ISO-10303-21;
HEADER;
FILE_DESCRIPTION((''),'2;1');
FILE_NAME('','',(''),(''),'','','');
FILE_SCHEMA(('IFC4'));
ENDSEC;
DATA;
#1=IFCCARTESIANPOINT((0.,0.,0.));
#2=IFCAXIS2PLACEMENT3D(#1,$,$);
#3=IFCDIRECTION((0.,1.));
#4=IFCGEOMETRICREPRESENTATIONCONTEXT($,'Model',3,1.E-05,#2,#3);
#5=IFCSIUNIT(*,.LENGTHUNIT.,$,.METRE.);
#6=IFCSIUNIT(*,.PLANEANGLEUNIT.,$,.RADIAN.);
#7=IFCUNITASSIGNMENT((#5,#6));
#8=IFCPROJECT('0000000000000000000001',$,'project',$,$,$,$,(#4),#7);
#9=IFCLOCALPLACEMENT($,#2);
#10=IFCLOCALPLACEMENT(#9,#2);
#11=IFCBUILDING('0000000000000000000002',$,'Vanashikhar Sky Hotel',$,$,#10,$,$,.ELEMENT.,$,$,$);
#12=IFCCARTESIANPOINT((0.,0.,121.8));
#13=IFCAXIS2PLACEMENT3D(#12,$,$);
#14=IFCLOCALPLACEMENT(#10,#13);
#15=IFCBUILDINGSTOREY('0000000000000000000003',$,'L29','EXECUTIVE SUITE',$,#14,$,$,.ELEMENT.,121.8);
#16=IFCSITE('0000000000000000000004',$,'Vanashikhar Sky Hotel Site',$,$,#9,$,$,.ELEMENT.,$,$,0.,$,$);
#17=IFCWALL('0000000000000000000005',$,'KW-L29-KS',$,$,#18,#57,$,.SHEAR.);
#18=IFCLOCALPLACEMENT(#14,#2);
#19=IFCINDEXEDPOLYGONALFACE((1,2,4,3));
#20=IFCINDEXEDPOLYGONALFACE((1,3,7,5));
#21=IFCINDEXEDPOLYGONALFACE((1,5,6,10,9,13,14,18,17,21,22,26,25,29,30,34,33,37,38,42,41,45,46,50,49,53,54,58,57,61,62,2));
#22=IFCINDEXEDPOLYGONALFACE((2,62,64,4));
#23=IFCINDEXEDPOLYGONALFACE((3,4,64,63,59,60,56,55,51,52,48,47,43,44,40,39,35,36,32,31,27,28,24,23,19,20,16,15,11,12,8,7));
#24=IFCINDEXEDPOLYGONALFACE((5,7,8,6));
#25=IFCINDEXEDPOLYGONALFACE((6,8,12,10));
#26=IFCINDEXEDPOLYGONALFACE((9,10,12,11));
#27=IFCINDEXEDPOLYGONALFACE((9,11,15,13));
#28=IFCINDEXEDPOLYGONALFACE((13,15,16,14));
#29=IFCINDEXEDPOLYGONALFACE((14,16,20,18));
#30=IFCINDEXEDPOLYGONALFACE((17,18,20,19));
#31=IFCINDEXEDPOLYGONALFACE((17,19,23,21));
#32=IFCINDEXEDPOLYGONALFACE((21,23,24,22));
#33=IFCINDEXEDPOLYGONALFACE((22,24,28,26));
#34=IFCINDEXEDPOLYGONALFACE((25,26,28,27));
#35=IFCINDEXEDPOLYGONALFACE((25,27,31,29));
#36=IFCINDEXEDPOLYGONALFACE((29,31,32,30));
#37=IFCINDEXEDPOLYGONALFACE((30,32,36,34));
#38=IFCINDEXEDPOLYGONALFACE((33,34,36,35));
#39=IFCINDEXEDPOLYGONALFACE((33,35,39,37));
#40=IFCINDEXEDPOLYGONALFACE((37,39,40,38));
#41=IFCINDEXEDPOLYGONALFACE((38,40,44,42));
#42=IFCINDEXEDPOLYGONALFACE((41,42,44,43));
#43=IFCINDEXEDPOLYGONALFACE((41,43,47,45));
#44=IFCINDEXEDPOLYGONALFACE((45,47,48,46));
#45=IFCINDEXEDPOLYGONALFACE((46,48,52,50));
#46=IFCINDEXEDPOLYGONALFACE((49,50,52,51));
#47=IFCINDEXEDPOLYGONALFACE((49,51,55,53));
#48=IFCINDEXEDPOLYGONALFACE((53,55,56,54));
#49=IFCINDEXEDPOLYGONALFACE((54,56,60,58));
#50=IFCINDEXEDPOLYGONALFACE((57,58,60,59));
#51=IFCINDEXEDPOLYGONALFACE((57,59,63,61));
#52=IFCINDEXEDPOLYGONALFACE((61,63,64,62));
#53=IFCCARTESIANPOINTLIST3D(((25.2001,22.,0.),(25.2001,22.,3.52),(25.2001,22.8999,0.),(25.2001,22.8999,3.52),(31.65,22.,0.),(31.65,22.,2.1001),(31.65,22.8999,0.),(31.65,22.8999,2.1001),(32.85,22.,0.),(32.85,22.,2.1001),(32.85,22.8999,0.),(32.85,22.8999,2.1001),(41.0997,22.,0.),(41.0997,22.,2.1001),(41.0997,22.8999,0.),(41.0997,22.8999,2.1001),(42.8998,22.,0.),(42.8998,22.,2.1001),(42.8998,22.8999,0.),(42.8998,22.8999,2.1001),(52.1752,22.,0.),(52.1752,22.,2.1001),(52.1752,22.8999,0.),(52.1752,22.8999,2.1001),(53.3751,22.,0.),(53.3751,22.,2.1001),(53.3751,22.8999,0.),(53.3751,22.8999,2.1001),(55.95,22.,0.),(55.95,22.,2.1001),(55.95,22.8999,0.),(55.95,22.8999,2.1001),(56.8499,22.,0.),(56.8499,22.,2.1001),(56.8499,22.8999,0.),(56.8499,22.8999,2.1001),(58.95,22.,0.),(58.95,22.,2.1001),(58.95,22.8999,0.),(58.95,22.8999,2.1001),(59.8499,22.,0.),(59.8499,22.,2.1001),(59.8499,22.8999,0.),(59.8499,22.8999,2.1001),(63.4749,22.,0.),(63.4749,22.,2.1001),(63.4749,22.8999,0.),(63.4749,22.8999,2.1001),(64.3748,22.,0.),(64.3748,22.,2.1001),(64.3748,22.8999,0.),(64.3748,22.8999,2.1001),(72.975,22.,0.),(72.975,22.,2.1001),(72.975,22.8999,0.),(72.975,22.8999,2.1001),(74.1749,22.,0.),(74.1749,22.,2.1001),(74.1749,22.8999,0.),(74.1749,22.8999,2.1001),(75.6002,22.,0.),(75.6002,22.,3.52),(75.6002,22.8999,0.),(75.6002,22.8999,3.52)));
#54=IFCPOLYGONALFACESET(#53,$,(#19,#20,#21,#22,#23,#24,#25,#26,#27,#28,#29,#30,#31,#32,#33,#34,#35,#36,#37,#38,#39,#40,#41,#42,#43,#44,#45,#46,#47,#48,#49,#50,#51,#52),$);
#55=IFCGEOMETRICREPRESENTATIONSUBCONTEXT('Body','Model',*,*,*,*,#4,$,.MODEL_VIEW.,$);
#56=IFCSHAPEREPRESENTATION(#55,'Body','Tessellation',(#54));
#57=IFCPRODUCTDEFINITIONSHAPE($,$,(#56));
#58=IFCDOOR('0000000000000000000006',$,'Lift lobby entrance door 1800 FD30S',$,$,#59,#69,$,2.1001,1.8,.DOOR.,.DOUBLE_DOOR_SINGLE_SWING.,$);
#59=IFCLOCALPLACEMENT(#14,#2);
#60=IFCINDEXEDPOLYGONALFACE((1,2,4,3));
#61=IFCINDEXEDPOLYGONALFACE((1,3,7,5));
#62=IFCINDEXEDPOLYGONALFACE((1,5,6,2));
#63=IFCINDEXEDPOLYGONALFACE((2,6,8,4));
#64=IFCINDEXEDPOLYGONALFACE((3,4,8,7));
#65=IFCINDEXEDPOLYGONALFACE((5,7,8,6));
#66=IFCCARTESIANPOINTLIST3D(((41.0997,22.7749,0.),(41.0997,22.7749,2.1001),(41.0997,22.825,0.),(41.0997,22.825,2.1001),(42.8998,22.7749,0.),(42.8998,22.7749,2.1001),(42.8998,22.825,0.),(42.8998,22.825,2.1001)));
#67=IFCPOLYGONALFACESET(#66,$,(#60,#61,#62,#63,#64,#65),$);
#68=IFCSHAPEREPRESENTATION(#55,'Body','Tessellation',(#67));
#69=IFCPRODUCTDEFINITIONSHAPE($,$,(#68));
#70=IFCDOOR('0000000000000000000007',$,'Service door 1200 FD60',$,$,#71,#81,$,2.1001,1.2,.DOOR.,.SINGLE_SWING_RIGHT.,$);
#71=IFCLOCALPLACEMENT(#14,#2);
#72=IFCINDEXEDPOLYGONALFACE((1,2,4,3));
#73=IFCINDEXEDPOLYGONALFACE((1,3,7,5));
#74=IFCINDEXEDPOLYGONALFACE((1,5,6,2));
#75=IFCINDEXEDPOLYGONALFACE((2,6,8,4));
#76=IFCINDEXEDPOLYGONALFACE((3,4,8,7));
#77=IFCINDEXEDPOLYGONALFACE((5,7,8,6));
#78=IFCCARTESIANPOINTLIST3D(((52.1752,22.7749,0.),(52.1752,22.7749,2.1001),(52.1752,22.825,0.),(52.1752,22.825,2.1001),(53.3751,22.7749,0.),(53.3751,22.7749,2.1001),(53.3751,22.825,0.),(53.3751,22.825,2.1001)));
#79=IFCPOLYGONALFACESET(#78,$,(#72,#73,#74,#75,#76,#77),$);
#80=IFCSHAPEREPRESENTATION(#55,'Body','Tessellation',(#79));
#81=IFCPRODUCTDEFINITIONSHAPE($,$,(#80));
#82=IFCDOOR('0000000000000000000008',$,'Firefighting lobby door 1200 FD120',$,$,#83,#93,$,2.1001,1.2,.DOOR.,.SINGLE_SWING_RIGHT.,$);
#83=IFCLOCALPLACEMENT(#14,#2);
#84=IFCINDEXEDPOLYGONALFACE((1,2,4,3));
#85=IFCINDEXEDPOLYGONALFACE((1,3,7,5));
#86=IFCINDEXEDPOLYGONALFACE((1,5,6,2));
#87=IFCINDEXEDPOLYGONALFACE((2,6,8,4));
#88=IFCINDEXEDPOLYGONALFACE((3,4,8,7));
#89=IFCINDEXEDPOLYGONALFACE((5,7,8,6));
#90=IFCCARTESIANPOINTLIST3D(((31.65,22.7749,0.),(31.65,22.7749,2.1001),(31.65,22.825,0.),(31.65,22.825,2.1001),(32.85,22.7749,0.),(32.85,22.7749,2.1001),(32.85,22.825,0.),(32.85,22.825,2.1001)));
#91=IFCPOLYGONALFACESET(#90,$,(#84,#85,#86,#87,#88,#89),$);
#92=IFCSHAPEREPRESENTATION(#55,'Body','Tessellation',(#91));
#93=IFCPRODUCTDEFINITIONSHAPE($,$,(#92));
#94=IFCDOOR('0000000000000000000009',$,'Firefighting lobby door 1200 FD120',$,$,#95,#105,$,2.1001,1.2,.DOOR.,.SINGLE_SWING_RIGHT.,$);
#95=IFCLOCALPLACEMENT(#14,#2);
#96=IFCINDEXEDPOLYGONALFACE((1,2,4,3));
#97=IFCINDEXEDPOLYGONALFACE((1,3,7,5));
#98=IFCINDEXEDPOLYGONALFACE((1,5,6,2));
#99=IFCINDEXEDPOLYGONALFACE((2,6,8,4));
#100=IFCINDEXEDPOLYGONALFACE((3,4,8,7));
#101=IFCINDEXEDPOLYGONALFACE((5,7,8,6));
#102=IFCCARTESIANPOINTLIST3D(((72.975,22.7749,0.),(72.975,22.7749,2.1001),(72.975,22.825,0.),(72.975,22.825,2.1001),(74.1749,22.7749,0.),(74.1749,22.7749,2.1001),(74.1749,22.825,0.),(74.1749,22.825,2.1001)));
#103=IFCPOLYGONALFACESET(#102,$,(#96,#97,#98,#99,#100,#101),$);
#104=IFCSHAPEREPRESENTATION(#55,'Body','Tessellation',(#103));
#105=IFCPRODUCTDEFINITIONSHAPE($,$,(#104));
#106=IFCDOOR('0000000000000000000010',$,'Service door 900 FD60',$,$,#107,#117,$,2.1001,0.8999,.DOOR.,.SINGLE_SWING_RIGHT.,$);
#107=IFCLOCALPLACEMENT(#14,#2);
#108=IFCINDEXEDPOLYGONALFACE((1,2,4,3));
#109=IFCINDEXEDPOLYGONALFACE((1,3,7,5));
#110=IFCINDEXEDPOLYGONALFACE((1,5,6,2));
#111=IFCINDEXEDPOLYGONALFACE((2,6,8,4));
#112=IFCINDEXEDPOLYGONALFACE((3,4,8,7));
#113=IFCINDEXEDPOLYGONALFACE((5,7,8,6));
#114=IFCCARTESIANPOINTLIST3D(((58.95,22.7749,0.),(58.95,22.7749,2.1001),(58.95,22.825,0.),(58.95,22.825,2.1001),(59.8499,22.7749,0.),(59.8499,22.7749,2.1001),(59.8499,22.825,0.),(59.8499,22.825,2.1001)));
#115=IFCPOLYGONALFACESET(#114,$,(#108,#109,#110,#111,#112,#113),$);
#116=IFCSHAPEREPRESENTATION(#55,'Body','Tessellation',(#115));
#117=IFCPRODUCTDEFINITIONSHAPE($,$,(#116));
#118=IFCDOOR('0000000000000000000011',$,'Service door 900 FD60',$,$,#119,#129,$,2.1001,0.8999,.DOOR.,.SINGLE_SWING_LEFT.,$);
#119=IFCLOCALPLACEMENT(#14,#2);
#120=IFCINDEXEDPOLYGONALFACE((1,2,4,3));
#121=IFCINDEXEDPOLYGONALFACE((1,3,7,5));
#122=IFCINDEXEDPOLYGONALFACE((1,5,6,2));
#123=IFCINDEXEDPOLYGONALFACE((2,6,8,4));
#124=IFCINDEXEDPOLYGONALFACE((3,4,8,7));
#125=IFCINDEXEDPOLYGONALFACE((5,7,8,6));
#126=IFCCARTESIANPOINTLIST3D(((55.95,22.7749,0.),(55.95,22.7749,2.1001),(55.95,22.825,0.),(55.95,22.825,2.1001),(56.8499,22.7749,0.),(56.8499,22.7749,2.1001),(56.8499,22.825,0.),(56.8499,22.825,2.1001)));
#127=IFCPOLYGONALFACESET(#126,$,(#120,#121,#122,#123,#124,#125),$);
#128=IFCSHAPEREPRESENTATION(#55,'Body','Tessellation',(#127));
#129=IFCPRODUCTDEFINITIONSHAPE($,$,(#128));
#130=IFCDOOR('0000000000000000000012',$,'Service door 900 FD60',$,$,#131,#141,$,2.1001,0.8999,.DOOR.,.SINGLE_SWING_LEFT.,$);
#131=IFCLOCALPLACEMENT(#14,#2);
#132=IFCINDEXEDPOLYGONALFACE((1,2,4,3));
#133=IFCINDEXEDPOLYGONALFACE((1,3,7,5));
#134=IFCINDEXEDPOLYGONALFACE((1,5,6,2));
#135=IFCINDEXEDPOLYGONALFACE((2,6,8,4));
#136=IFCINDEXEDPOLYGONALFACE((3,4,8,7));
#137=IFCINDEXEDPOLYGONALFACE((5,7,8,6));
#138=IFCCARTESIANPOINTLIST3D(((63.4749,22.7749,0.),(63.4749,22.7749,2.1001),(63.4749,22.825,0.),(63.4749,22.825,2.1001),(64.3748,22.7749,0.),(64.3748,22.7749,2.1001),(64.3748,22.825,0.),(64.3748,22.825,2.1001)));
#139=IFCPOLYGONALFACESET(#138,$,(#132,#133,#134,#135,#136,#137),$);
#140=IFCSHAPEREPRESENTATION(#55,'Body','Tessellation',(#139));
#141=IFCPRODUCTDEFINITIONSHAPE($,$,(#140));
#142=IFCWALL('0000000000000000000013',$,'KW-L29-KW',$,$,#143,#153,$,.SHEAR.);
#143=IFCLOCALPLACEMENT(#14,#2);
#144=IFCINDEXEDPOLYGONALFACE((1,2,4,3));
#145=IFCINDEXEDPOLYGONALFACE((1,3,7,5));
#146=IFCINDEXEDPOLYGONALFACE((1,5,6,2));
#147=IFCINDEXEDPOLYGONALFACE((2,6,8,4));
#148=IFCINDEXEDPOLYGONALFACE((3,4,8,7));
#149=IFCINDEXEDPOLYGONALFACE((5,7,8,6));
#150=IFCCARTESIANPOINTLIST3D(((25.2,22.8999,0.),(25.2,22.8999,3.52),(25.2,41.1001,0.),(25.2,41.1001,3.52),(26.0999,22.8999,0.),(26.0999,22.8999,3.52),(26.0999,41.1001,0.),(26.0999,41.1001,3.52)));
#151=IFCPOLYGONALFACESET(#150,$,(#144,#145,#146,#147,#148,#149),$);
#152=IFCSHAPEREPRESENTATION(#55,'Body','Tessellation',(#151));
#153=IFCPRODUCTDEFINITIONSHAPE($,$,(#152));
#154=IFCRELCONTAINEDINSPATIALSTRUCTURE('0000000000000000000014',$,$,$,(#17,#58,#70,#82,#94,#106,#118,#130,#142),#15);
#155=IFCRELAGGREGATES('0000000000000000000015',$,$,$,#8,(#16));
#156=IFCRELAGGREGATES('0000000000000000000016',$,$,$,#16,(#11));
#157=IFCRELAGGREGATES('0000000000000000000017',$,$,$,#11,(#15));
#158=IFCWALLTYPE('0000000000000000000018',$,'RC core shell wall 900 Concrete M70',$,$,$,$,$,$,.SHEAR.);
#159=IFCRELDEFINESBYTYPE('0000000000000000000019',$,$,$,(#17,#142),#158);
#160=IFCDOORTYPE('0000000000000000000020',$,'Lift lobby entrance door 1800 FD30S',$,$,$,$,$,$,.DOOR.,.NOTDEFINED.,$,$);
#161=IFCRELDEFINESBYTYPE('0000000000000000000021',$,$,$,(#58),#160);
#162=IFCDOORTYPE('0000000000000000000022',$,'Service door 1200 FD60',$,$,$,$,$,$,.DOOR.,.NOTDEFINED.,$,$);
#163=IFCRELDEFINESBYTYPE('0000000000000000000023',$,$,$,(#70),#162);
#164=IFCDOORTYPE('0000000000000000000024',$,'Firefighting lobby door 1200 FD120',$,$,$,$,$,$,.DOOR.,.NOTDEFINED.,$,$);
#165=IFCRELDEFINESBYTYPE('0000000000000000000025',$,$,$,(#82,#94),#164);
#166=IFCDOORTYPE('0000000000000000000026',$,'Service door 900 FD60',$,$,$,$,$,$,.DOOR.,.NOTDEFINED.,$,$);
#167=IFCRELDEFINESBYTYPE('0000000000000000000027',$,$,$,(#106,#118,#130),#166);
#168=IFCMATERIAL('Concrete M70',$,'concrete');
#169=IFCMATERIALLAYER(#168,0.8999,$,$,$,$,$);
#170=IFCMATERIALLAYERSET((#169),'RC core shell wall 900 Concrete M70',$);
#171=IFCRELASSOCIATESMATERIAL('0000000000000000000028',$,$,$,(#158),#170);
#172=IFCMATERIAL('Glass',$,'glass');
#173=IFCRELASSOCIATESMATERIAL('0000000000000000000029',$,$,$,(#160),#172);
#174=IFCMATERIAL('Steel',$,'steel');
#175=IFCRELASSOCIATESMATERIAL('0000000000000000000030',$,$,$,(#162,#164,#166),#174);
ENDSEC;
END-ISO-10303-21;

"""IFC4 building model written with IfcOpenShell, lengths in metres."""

from ifc_helpers import new_model, si_unit, direction, frame, frame_2d, origin, place, context, subcontext, project, spatial, rectangle, extrude, source, transform, mapped, material, layer, layer_set, type_object, element, fill, save


model = new_model("IFC4")

# Units and contexts
model_context = context("Model", 3, precision=1e-05, world=origin(), true_north=direction((0.0, 1.0)))
body_context = subcontext(model_context, "Body", "Model", "MODEL_VIEW")
ifc_project = project(units=[si_unit("LENGTHUNIT", "METRE"), si_unit("PLANEANGLEUNIT", "RADIAN")], contexts=[model_context])

# Site, building, storey
site_placement = place(None, origin())
site = spatial("IfcSite", under=ifc_project, at=site_placement, Name="Vanashikhar Sky Hotel Site", CompositionType="ELEMENT", RefElevation=0.0)
building_placement = place(site_placement, origin())
building = spatial("IfcBuilding", under=site, at=building_placement, Name="Vanashikhar Sky Hotel", CompositionType="ELEMENT")
storey_placement = place(building_placement, frame((0.0, 0.0, 121.8)))
storey = spatial("IfcBuildingStorey", under=building, at=storey_placement, Name="L29", Description="EXECUTIVE SUITE", CompositionType="ELEMENT", Elevation=121.8)

# Wall, openings, doors
ifc_material_1 = material(Name="Concrete M70", Category="concrete")
ifc_layer_1 = layer(ifc_material_1, 0.8999)
ifc_layer_set_1 = layer_set([ifc_layer_1], Name="RC core shell wall 900 Concrete M70")
wall_type_1 = type_object("IfcWallType", Name="RC core shell wall 900 Concrete M70", PredefinedType="SHEAR", material=ifc_layer_set_1)
shared_shape_1 = source(origin(), body_context, "Body", "SweptSolid", [
    extrude(rectangle(XDim=50.4001, YDim=0.8999, at=frame_2d((25.2002, 0.0))), origin(), (0.0, 0.0, 1.0), 3.52),
])
wall_1_placement = place(storey_placement, frame((25.2, 22.45, 0.0), z_axis=(0.0, 0.0, 1.0), x_axis=(1.0, 0.0, 0.0)))
wall_1 = element("IfcWall", 1, at=wall_1_placement, inside=storey, type_object=wall_type_1, Name="KW-L29-KS", PredefinedType="SHEAR", context=body_context, shape_type="MappedRepresentation", body=[
    mapped(shared_shape_1, transform((0.0, 0.0, 0.0), scale=1.0)),
])
shared_shape_2 = source(origin(), body_context, "Body", "SweptSolid", [
    extrude(rectangle(XDim=1.8, YDim=2.1001, at=frame_2d((0.8999, 1.05))), frame((0.0, 0.46, 0.0), z_axis=(0.0, -1.0, 0.0), x_axis=(1.0, 0.0, 0.0)), (0.0, 0.0, 1.0), 0.9199),
])
opening_1_placement = place(wall_1_placement, frame((15.8999, 0.0, 0.0)))
opening_1 = element("IfcOpeningElement", 2, at=opening_1_placement, cuts=wall_1, PredefinedType="OPENING", context=body_context, shape_type="MappedRepresentation", body=[
    mapped(shared_shape_2, transform((0.0, 0.0, 0.0), scale=1.0)),
])
shared_shape_3 = source(origin(), body_context, "Body", "SweptSolid", [
    extrude(rectangle(XDim=1.2, YDim=2.1001, at=frame_2d((0.6001, 1.05))), frame((0.0, 0.46, 0.0), z_axis=(0.0, -1.0, 0.0), x_axis=(1.0, 0.0, 0.0)), (0.0, 0.0, 1.0), 0.9199),
])
opening_2_placement = place(wall_1_placement, frame((26.9751, 0.0, 0.0)))
opening_2 = element("IfcOpeningElement", 3, at=opening_2_placement, cuts=wall_1, PredefinedType="OPENING", context=body_context, shape_type="MappedRepresentation", body=[
    mapped(shared_shape_3, transform((0.0, 0.0, 0.0), scale=1.0)),
])
shared_shape_4 = source(origin(), body_context, "Body", "SweptSolid", [
    extrude(rectangle(XDim=0.8999, YDim=2.1001, at=frame_2d((0.45, 1.05))), frame((0.0, 0.46, 0.0), z_axis=(0.0, -1.0, 0.0), x_axis=(1.0, 0.0, 0.0)), (0.0, 0.0, 1.0), 0.9199),
])
opening_3_placement = place(wall_1_placement, frame((33.75, 0.0, 0.0)))
opening_3 = element("IfcOpeningElement", 4, at=opening_3_placement, cuts=wall_1, PredefinedType="OPENING", context=body_context, shape_type="MappedRepresentation", body=[
    mapped(shared_shape_4, transform((0.0, 0.0, 0.0), scale=1.0)),
])
opening_4_placement = place(wall_1_placement, frame((30.75, 0.0, 0.0)))
opening_4 = element("IfcOpeningElement", 5, at=opening_4_placement, cuts=wall_1, PredefinedType="OPENING", context=body_context, shape_type="MappedRepresentation", body=[
    mapped(shared_shape_4, transform((0.0, 0.0, 0.0), scale=1.0)),
])
opening_5_placement = place(wall_1_placement, frame((38.2749, 0.0, 0.0)))
opening_5 = element("IfcOpeningElement", 6, at=opening_5_placement, cuts=wall_1, PredefinedType="OPENING", context=body_context, shape_type="MappedRepresentation", body=[
    mapped(shared_shape_4, transform((0.0, 0.0, 0.0), scale=1.0)),
])
opening_6_placement = place(wall_1_placement, frame((6.45, 0.0, 0.0)))
opening_6 = element("IfcOpeningElement", 7, at=opening_6_placement, cuts=wall_1, PredefinedType="OPENING", context=body_context, shape_type="MappedRepresentation", body=[
    mapped(shared_shape_3, transform((0.0, 0.0, 0.0), scale=1.0)),
])
opening_7_placement = place(wall_1_placement, frame((47.7749, 0.0, 0.0)))
opening_7 = element("IfcOpeningElement", 8, at=opening_7_placement, cuts=wall_1, PredefinedType="OPENING", context=body_context, shape_type="MappedRepresentation", body=[
    mapped(shared_shape_3, transform((0.0, 0.0, 0.0), scale=1.0)),
])
ifc_material_2 = material(Name="Glass", Category="glass")
door_type_1 = type_object("IfcDoorType", Name="Lift lobby entrance door 1800 FD30S", OperationType="NOTDEFINED", PredefinedType="DOOR", material=ifc_material_2)
shared_shape_5 = source(origin(), body_context, "Body", "SweptSolid", [
    extrude(rectangle(XDim=1.8, YDim=2.1001, at=frame_2d((0.8999, 1.05))), frame((0.0, 0.375, 0.0), z_axis=(0.0, -1.0, 0.0), x_axis=(1.0, 0.0, 0.0)), (0.0, 0.0, 1.0), 0.05),
])
door_1_placement = place(opening_1_placement, origin())
door_1 = element("IfcDoor", 9, at=door_1_placement, inside=storey, type_object=door_type_1, Name="Lift lobby entrance door 1800 FD30S", OperationType="DOUBLE_DOOR_SINGLE_SWING", OverallHeight=2.1001, OverallWidth=1.8, PredefinedType="DOOR", context=body_context, shape_type="MappedRepresentation", body=[
    mapped(shared_shape_5, transform((0.0, 0.0, 0.0), scale=1.0)),
])
fill(opening_1, door_1)
ifc_material_3 = material(Name="Steel", Category="steel")
door_type_2 = type_object("IfcDoorType", Name="Service door 1200 FD60", OperationType="NOTDEFINED", PredefinedType="DOOR", material=ifc_material_3)
shared_shape_6 = source(origin(), body_context, "Body", "SweptSolid", [
    extrude(rectangle(XDim=1.2, YDim=2.1001, at=frame_2d((0.6001, 1.05))), frame((0.0, 0.375, 0.0), z_axis=(0.0, -1.0, 0.0), x_axis=(1.0, 0.0, 0.0)), (0.0, 0.0, 1.0), 0.05),
])
door_2_placement = place(opening_2_placement, origin())
door_2 = element("IfcDoor", 10, at=door_2_placement, inside=storey, type_object=door_type_2, Name="Service door 1200 FD60", OperationType="SINGLE_SWING_RIGHT", OverallHeight=2.1001, OverallWidth=1.2, PredefinedType="DOOR", context=body_context, shape_type="MappedRepresentation", body=[
    mapped(shared_shape_6, transform((0.0, 0.0, 0.0), scale=1.0)),
])
fill(opening_2, door_2)
door_type_3 = type_object("IfcDoorType", Name="Firefighting lobby door 1200 FD120", OperationType="NOTDEFINED", PredefinedType="DOOR", material=ifc_material_3)
door_3_placement = place(opening_6_placement, origin())
door_3 = element("IfcDoor", 11, at=door_3_placement, inside=storey, type_object=door_type_3, Name="Firefighting lobby door 1200 FD120", OperationType="SINGLE_SWING_RIGHT", OverallHeight=2.1001, OverallWidth=1.2, PredefinedType="DOOR", context=body_context, shape_type="MappedRepresentation", body=[
    mapped(shared_shape_6, transform((0.0, 0.0, 0.0), scale=1.0)),
])
fill(opening_6, door_3)
door_4_placement = place(opening_7_placement, origin())
door_4 = element("IfcDoor", 12, at=door_4_placement, inside=storey, type_object=door_type_3, Name="Firefighting lobby door 1200 FD120", OperationType="SINGLE_SWING_RIGHT", OverallHeight=2.1001, OverallWidth=1.2, PredefinedType="DOOR", context=body_context, shape_type="MappedRepresentation", body=[
    mapped(shared_shape_6, transform((0.0, 0.0, 0.0), scale=1.0)),
])
fill(opening_7, door_4)
door_type_4 = type_object("IfcDoorType", Name="Service door 900 FD60", OperationType="NOTDEFINED", PredefinedType="DOOR", material=ifc_material_3)
shared_shape_7 = source(origin(), body_context, "Body", "SweptSolid", [
    extrude(rectangle(XDim=0.8999, YDim=2.1001, at=frame_2d((0.45, 1.05))), frame((0.0, 0.375, 0.0), z_axis=(0.0, -1.0, 0.0), x_axis=(1.0, 0.0, 0.0)), (0.0, 0.0, 1.0), 0.05),
])
door_5_placement = place(opening_3_placement, origin())
door_5 = element("IfcDoor", 13, at=door_5_placement, inside=storey, type_object=door_type_4, Name="Service door 900 FD60", OperationType="SINGLE_SWING_RIGHT", OverallHeight=2.1001, OverallWidth=0.8999, PredefinedType="DOOR", context=body_context, shape_type="MappedRepresentation", body=[
    mapped(shared_shape_7, transform((0.0, 0.0, 0.0), scale=1.0)),
])
fill(opening_3, door_5)
door_6_placement = place(opening_4_placement, origin())
door_6 = element("IfcDoor", 14, at=door_6_placement, inside=storey, type_object=door_type_4, Name="Service door 900 FD60", OperationType="SINGLE_SWING_LEFT", OverallHeight=2.1001, OverallWidth=0.8999, PredefinedType="DOOR", context=body_context, shape_type="MappedRepresentation", body=[
    mapped(shared_shape_7, transform((0.0, 0.0, 0.0), scale=1.0)),
])
fill(opening_4, door_6)
door_7_placement = place(opening_5_placement, origin())
door_7 = element("IfcDoor", 15, at=door_7_placement, inside=storey, type_object=door_type_4, Name="Service door 900 FD60", OperationType="SINGLE_SWING_LEFT", OverallHeight=2.1001, OverallWidth=0.8999, PredefinedType="DOOR", context=body_context, shape_type="MappedRepresentation", body=[
    mapped(shared_shape_7, transform((0.0, 0.0, 0.0), scale=1.0)),
])
fill(opening_5, door_7)

# Wall
shared_shape_8 = source(origin(), body_context, "Body", "SweptSolid", [
    extrude(rectangle(XDim=18.2002, YDim=0.8999, at=frame_2d((9.1001, 0.0))), origin(), (0.0, 0.0, 1.0), 3.52),
])
wall_2_placement = place(storey_placement, frame((25.6499, 22.8999, 0.0), z_axis=(0.0, 0.0, 1.0), x_axis=(0.0, 1.0, 0.0)))
element("IfcWall", 16, at=wall_2_placement, inside=storey, type_object=wall_type_1, Name="KW-L29-KW", PredefinedType="SHEAR", context=body_context, shape_type="MappedRepresentation", body=[
    mapped(shared_shape_8, transform((0.0, 0.0, 0.0), scale=1.0)),
])

save(model, "model.ifc")
